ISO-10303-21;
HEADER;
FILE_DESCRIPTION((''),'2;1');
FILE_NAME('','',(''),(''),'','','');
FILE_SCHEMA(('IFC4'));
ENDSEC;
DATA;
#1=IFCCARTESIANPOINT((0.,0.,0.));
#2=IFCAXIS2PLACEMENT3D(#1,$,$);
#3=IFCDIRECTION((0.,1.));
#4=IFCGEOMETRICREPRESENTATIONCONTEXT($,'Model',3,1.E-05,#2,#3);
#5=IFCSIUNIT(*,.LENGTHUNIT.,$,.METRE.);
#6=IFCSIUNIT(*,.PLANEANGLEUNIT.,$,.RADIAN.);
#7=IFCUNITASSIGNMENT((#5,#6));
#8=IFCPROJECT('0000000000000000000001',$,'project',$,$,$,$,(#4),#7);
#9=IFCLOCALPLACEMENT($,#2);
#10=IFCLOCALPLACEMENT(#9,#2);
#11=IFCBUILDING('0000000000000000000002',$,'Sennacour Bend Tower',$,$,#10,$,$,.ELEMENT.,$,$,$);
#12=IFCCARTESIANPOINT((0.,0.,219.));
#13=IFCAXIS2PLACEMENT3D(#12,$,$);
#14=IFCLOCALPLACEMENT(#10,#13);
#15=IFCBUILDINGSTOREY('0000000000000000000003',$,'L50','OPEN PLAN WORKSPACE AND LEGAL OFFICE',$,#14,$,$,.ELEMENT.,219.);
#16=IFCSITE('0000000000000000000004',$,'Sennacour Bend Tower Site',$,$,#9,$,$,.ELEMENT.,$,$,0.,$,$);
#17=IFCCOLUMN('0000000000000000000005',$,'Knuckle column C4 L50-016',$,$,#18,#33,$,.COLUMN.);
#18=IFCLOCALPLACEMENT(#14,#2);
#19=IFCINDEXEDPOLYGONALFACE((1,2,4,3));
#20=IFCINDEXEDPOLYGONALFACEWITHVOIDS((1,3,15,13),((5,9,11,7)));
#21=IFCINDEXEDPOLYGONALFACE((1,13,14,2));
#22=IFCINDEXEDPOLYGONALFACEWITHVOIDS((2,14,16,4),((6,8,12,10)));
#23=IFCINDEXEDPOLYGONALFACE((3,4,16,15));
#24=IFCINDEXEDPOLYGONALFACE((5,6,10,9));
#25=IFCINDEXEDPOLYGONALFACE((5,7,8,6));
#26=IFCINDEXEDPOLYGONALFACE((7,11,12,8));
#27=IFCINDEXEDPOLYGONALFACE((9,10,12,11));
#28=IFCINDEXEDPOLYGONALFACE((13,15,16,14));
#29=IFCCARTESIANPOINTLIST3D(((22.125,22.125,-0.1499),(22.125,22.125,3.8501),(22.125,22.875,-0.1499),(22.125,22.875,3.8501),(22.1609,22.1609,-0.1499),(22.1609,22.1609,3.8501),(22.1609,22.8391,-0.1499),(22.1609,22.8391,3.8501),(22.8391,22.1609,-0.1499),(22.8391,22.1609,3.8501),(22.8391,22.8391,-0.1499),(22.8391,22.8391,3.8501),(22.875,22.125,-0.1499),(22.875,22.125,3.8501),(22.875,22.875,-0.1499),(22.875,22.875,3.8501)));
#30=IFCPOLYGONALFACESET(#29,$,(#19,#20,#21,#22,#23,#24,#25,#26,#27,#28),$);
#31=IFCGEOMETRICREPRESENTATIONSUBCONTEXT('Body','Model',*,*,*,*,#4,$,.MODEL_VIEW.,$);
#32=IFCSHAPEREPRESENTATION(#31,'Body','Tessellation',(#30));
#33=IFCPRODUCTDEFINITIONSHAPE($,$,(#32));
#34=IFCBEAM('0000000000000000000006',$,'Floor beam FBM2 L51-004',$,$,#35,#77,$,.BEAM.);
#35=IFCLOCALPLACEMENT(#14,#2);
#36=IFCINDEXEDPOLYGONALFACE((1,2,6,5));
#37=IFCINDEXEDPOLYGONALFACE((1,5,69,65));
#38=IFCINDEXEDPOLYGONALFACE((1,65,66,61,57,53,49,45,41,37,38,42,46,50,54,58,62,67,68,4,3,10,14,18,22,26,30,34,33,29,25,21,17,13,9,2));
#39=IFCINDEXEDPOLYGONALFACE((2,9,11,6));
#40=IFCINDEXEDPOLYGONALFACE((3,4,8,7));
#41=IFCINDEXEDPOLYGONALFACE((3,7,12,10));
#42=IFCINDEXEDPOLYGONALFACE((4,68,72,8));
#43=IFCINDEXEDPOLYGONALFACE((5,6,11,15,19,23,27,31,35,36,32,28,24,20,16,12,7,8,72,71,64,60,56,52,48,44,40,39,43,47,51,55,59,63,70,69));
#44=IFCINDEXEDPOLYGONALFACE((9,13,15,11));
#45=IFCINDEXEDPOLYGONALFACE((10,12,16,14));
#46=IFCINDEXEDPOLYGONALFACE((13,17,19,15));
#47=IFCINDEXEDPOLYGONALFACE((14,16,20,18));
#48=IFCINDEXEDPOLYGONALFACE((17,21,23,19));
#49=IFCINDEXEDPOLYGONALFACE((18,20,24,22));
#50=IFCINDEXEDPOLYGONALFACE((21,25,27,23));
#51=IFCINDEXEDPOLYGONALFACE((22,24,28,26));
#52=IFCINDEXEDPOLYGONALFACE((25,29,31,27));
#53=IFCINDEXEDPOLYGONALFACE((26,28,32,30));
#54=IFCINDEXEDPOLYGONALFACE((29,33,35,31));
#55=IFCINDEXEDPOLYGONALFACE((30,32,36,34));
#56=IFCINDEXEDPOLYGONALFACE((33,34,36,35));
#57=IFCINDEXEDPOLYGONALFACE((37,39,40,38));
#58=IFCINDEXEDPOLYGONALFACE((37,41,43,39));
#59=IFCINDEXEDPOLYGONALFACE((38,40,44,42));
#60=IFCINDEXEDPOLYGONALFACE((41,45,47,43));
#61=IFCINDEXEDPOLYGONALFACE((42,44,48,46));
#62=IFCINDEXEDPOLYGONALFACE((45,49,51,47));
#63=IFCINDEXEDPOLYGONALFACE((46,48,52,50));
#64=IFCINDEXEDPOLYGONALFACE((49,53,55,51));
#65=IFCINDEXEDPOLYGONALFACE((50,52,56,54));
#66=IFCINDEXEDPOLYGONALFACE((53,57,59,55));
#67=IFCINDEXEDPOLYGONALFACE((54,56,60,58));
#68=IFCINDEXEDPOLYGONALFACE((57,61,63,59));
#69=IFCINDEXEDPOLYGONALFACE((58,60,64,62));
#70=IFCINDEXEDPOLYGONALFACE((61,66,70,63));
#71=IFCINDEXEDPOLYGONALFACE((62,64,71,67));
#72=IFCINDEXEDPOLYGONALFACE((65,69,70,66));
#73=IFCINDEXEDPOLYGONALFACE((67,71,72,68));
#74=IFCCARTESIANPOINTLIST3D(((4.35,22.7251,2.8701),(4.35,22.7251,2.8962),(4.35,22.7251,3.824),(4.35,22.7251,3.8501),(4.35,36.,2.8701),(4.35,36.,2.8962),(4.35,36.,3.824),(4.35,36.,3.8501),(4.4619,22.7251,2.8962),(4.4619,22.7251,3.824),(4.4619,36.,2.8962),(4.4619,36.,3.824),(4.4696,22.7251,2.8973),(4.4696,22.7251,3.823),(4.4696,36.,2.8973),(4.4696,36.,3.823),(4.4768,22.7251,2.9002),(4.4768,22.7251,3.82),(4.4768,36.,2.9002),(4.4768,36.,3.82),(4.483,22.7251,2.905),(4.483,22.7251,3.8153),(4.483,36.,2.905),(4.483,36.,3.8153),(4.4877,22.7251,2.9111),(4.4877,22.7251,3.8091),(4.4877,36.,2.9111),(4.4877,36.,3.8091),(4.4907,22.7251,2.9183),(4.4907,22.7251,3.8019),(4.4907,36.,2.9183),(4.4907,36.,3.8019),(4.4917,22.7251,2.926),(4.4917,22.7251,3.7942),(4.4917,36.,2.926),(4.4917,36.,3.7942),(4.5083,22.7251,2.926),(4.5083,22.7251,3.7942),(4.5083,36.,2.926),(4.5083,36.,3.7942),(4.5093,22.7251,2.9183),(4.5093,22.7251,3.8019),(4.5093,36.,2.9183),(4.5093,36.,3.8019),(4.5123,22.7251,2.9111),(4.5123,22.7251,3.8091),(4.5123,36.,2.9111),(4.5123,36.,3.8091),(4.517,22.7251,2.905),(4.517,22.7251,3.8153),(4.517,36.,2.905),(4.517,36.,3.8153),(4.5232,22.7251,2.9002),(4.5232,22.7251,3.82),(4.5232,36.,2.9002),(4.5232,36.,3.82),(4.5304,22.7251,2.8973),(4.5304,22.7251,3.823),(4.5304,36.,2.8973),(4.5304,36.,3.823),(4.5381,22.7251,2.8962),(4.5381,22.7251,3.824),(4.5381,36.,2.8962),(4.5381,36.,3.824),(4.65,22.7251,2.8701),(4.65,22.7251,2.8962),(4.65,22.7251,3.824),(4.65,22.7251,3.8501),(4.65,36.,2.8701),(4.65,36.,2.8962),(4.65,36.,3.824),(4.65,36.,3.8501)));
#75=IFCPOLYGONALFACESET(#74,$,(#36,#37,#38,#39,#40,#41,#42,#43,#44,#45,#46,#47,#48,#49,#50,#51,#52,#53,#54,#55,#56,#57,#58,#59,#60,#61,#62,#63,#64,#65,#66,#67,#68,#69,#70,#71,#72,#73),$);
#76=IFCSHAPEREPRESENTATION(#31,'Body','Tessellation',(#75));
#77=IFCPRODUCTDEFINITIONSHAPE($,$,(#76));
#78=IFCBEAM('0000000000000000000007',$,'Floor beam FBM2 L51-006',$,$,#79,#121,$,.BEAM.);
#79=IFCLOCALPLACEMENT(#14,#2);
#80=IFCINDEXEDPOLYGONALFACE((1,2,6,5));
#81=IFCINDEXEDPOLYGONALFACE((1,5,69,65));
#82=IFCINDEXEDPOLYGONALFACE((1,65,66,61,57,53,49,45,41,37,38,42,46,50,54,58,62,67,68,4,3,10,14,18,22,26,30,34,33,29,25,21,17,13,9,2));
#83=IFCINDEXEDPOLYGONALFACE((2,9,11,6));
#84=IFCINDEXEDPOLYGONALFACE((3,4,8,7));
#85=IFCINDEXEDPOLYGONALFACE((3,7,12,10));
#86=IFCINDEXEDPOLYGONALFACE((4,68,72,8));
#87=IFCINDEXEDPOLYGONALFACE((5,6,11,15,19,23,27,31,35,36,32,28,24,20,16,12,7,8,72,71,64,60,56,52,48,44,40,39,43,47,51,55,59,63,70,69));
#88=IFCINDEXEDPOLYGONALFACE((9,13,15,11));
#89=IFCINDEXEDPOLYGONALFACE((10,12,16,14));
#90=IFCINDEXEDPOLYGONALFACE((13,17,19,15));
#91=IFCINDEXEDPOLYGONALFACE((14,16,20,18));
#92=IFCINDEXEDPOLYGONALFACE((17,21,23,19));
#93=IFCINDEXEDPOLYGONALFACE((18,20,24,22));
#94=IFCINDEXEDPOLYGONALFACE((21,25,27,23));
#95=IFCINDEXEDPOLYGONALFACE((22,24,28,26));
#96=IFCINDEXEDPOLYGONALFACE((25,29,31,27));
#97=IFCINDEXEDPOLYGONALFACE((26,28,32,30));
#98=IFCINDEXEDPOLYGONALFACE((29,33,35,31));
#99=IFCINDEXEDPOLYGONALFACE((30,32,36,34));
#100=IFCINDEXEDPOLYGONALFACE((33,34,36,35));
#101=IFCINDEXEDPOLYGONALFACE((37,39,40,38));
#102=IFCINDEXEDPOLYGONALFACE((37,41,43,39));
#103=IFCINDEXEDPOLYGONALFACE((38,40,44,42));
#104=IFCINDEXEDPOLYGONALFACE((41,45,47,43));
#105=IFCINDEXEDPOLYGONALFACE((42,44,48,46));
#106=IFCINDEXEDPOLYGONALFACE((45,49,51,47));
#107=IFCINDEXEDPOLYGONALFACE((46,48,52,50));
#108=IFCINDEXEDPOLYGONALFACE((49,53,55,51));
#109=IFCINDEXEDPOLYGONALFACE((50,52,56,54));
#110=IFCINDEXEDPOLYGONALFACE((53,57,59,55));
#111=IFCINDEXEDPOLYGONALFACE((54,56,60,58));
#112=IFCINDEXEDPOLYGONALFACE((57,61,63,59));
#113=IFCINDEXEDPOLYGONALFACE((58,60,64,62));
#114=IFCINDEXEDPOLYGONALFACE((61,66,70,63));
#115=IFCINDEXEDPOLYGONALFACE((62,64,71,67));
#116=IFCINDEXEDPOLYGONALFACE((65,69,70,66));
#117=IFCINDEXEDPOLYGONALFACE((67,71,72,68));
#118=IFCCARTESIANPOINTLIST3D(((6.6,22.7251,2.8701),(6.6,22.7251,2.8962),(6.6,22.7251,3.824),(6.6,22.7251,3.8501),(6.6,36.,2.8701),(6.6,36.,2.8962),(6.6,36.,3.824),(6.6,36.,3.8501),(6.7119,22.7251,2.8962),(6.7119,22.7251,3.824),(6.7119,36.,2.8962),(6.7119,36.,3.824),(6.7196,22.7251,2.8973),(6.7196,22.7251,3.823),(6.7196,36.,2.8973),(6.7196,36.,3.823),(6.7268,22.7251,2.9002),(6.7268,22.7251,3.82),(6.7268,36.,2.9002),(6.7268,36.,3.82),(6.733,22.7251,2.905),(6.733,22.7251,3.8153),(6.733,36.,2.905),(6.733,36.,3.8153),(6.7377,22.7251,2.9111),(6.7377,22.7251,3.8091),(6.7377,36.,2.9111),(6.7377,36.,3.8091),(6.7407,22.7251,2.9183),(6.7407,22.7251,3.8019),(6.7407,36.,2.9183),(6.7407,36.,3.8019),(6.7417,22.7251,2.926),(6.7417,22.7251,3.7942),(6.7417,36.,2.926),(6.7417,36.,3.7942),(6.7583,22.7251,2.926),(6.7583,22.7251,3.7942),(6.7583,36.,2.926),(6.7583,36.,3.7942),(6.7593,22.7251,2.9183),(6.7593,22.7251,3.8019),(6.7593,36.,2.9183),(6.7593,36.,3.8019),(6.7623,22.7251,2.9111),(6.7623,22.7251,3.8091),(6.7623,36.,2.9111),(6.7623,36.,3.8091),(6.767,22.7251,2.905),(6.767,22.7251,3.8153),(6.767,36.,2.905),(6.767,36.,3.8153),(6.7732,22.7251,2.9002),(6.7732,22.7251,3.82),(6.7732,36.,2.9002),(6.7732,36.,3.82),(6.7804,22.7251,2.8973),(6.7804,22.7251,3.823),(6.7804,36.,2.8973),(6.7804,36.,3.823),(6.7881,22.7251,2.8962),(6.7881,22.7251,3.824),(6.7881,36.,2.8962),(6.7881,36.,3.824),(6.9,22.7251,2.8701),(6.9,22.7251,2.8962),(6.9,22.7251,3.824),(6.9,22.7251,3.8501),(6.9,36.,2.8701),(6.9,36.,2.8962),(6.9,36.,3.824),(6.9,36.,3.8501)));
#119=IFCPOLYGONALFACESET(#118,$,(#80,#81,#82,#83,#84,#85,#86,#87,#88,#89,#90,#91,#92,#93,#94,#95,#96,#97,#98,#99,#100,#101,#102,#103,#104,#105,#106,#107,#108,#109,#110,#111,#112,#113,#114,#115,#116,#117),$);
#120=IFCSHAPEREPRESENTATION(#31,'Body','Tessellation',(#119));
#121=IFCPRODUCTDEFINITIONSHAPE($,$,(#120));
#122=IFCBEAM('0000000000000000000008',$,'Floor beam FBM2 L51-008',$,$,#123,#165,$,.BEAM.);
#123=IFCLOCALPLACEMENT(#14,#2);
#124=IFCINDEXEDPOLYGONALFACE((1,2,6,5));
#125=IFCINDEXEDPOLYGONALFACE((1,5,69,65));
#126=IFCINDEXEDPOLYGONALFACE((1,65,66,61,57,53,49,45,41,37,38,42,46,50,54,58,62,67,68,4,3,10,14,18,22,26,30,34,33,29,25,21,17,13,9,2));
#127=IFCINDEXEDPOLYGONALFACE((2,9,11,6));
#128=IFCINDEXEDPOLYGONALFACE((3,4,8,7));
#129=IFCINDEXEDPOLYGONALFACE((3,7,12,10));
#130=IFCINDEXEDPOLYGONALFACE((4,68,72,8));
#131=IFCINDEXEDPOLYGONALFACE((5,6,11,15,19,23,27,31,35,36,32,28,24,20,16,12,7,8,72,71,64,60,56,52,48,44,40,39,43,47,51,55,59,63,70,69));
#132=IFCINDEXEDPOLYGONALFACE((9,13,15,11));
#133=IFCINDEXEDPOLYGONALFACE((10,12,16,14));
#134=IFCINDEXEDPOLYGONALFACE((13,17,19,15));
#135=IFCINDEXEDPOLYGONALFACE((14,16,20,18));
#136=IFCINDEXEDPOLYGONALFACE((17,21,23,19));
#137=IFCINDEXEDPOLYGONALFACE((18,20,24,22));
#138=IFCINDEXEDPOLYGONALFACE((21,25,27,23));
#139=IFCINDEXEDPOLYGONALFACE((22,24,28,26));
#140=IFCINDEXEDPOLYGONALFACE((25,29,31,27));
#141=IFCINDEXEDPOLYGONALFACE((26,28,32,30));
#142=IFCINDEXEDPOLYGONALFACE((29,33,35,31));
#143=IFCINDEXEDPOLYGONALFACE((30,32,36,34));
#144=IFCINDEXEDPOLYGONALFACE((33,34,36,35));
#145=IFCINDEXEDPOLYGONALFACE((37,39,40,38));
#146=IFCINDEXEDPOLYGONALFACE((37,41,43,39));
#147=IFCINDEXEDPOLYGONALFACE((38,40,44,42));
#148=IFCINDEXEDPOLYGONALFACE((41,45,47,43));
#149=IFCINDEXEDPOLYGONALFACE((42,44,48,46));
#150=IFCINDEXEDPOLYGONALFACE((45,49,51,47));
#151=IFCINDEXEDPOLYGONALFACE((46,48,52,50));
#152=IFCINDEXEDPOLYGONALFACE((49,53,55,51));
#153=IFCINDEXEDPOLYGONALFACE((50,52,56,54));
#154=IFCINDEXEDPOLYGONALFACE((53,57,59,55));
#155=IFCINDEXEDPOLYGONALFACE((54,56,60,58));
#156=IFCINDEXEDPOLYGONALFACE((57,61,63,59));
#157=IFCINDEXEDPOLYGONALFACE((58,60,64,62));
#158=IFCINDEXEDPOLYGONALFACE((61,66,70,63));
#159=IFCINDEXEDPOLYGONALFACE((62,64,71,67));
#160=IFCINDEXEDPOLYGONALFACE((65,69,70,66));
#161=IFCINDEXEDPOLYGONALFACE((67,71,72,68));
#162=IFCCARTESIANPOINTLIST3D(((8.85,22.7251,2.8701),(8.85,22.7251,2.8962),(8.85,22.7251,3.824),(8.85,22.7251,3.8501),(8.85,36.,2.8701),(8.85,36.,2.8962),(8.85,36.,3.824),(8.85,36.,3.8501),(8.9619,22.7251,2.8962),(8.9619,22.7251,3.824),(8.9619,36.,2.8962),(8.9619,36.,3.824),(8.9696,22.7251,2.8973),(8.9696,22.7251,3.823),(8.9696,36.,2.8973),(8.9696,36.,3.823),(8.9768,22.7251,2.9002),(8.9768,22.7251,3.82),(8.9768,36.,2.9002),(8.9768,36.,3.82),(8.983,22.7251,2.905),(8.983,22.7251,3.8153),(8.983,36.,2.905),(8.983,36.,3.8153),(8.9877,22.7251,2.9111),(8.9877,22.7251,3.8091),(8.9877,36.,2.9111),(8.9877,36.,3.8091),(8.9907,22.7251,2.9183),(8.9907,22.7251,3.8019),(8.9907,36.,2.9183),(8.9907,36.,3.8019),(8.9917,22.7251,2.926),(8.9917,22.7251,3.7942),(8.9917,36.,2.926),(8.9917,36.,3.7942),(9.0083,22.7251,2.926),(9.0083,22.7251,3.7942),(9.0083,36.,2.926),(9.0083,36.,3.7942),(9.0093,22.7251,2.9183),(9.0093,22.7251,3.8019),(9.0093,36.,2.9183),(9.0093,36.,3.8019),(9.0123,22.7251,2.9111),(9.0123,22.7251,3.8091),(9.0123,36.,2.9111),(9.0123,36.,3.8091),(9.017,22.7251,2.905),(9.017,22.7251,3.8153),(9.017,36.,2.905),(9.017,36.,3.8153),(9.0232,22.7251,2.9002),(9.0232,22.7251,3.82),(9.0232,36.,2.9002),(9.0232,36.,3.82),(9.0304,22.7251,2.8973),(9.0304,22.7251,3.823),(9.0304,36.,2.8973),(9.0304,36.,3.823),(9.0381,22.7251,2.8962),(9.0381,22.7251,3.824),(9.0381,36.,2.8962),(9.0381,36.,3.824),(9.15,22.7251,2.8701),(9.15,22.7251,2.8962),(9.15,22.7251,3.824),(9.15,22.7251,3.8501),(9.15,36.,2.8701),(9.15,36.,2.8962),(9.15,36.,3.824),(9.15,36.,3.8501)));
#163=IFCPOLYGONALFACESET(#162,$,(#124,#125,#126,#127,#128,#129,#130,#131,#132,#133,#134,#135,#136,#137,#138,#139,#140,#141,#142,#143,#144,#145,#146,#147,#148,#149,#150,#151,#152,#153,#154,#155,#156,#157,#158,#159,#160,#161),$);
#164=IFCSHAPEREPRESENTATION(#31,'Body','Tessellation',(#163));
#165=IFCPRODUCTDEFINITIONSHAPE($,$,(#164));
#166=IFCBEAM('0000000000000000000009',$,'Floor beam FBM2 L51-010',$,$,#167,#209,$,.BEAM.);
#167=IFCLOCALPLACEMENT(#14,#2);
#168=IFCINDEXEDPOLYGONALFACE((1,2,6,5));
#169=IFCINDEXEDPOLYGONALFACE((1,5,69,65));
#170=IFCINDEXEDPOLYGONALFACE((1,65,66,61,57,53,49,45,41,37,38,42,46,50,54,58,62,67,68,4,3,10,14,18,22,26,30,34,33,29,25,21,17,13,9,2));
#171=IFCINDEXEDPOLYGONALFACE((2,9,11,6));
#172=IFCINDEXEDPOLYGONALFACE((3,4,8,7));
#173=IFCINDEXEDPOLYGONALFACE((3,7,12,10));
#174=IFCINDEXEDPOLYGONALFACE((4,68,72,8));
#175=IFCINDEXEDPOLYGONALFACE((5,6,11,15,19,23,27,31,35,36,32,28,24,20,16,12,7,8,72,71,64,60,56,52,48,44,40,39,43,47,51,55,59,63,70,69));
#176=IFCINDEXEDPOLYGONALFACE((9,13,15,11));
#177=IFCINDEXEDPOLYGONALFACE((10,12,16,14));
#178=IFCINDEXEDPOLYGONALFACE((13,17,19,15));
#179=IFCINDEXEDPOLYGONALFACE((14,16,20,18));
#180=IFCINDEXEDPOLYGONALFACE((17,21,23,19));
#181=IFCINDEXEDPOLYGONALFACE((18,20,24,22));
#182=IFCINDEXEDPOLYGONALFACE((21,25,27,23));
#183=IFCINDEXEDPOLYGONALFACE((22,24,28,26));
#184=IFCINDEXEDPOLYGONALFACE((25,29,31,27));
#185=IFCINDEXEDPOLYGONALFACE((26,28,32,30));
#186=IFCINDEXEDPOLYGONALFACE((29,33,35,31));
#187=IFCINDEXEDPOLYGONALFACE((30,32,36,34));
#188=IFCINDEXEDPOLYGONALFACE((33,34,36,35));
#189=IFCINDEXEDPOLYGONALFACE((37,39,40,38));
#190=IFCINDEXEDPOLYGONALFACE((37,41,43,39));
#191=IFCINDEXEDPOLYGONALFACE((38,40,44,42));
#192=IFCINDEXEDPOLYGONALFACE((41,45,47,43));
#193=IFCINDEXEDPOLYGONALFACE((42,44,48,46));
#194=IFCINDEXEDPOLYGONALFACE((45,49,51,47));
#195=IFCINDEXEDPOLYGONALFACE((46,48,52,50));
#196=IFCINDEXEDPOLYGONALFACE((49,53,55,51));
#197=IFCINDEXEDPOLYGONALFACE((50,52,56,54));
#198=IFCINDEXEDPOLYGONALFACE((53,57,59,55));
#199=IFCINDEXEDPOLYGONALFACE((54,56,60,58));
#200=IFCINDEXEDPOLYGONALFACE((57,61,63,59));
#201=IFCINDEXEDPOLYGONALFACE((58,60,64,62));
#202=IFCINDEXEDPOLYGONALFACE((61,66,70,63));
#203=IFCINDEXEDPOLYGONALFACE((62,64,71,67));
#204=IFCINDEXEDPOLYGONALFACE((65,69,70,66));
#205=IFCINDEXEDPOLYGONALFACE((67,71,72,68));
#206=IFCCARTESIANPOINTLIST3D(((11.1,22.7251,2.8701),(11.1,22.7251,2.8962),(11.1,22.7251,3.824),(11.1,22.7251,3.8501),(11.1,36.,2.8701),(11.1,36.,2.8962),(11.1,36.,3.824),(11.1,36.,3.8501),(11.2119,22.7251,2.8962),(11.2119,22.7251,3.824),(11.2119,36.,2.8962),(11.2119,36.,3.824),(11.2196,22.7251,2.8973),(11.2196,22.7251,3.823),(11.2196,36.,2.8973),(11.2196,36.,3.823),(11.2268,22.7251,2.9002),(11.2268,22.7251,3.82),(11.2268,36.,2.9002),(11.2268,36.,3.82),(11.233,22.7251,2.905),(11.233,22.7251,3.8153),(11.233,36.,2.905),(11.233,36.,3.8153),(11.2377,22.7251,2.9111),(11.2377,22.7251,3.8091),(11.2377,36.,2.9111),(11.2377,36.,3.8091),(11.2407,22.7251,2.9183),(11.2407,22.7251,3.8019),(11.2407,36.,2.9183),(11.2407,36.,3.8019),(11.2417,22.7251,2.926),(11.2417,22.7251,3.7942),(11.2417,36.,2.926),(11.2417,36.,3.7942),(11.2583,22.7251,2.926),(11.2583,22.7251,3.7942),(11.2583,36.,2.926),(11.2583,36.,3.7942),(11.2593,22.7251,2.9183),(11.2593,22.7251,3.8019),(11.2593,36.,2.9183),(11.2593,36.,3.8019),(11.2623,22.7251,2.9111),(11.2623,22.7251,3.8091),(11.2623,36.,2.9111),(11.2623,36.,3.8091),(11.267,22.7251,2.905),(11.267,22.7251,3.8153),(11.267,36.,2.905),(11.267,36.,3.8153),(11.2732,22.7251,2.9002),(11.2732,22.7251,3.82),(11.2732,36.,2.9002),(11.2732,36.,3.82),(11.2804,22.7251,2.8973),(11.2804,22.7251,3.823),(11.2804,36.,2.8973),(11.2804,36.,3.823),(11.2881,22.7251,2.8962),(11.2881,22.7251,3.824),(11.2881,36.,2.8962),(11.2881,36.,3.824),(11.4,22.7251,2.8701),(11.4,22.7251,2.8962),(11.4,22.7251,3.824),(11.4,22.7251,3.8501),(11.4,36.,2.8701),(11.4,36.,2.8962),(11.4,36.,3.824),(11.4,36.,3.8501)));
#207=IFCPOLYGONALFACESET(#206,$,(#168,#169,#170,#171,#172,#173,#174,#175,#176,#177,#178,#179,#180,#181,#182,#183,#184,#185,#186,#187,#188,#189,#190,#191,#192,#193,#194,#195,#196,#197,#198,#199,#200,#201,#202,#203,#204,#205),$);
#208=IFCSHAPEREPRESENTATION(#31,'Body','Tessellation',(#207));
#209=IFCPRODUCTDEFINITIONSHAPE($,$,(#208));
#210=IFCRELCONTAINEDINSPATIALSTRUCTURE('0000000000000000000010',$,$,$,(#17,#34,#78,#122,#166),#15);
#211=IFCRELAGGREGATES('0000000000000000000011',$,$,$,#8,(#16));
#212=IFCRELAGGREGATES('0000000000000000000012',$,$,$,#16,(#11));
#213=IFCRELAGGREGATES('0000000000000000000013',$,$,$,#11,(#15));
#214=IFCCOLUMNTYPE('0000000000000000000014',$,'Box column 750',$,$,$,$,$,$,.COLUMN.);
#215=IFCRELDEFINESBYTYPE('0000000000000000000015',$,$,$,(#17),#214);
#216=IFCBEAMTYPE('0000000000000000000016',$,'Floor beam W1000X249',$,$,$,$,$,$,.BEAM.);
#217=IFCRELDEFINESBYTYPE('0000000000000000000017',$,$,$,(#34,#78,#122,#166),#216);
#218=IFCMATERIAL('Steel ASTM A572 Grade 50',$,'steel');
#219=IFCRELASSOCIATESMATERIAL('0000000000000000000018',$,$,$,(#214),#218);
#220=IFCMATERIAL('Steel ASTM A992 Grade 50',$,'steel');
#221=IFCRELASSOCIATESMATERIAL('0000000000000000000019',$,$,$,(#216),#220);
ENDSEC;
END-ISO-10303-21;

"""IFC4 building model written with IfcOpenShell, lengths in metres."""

from ifc_helpers import new_model, si_unit, direction, frame, origin, origin_2d, place, context, subcontext, project, spatial, hollow_rectangle, i_section, extrude, material, material_profile, profile_set, type_object, element, save


model = new_model("IFC4")

# Units and contexts
model_context = context("Model", 3, precision=1e-05, world=origin(), true_north=direction((0.0, 1.0)))
body_context = subcontext(model_context, "Body", "Model", "MODEL_VIEW")
ifc_project = project(units=[si_unit("LENGTHUNIT", "METRE"), si_unit("PLANEANGLEUNIT", "RADIAN")], contexts=[model_context])

# Site, building, storey
site_placement = place(None, origin())
site = spatial("IfcSite", under=ifc_project, at=site_placement, Name="Sennacour Bend Tower Site", CompositionType="ELEMENT", RefElevation=0.0)
building_placement = place(site_placement, origin())
building = spatial("IfcBuilding", under=site, at=building_placement, Name="Sennacour Bend Tower", CompositionType="ELEMENT")
storey_placement = place(building_placement, frame((0.0, 0.0, 219.0)))
storey = spatial("IfcBuildingStorey", under=building, at=storey_placement, Name="L50", Description="OPEN PLAN WORKSPACE AND LEGAL OFFICE", CompositionType="ELEMENT", Elevation=219.0)

# Column
ifc_material_1 = material(Name="Steel ASTM A572 Grade 50", Category="steel")
ifc_material_profile_1 = material_profile(ifc_material_1, hollow_rectangle(XDim=0.75, YDim=0.75, WallThickness=0.0359, at=origin_2d()), Name="Steel ASTM A572 Grade 50", Category="steel")
ifc_profile_set_1 = profile_set([ifc_material_profile_1], Name="Steel ASTM A572 Grade 50")
column_type = type_object("IfcColumnType", Name="Box column 750", PredefinedType="COLUMN", material=ifc_profile_set_1)
column_placement = place(storey_placement, frame((22.5, 22.5, -0.1499), z_axis=(0.0, 0.0, 1.0), x_axis=(1.0, 0.0, 0.0)))
element("IfcColumn", 1, at=column_placement, inside=storey, type_object=column_type, Name="Knuckle column C4 L50-016", PredefinedType="COLUMN", context=body_context, shape_type="SweptSolid", body=[
    extrude(hollow_rectangle(XDim=0.75, YDim=0.75, WallThickness=0.0359, at=origin_2d()), origin(), (0.0, 0.0, 1.0), 4.0),
])

# Beams
ifc_material_2 = material(Name="Steel ASTM A992 Grade 50", Category="steel")
ifc_material_profile_2 = material_profile(ifc_material_2, i_section(OverallWidth=0.3, OverallDepth=0.98, WebThickness=0.0166, FlangeThickness=0.0261, FilletRadius=0.0298, at=origin_2d()), Name="Steel ASTM A992 Grade 50", Category="steel")
ifc_profile_set_2 = profile_set([ifc_material_profile_2], Name="Steel ASTM A992 Grade 50")
beam_type_1 = type_object("IfcBeamType", Name="Floor beam W1000X249", PredefinedType="BEAM", material=ifc_profile_set_2)
for number, where, z_axis, x_axis, name in (
    (2, (4.5, 22.7251, 3.3601), (0.0, 1.0, 0.0), (-1.0, 0.0, 0.0), "Floor beam FBM2 L51-004"),
    (3, (6.75, 22.7251, 3.3601), (0.0, 1.0, 0.0), (-1.0, 0.0, 0.0), "Floor beam FBM2 L51-006"),
    (4, (9.0, 22.7251, 3.3601), (0.0, 1.0, 0.0), (-1.0, 0.0, 0.0), "Floor beam FBM2 L51-008"),
    (5, (11.25, 22.7251, 3.3601), (0.0, 1.0, 0.0), (-1.0, 0.0, 0.0), "Floor beam FBM2 L51-010"),
):
    element("IfcBeam", number, at=place(storey_placement, frame(where, z_axis=z_axis, x_axis=x_axis)), inside=storey, type_object=beam_type_1, Name=name, PredefinedType="BEAM", context=body_context, shape_type="SweptSolid", body=[
        extrude(i_section(OverallWidth=0.3, OverallDepth=0.98, WebThickness=0.0166, FlangeThickness=0.0261, FilletRadius=0.0298, at=origin_2d()), origin(), (0.0, 0.0, 1.0), 13.2749),
    ])

save(model, "model.ifc")
